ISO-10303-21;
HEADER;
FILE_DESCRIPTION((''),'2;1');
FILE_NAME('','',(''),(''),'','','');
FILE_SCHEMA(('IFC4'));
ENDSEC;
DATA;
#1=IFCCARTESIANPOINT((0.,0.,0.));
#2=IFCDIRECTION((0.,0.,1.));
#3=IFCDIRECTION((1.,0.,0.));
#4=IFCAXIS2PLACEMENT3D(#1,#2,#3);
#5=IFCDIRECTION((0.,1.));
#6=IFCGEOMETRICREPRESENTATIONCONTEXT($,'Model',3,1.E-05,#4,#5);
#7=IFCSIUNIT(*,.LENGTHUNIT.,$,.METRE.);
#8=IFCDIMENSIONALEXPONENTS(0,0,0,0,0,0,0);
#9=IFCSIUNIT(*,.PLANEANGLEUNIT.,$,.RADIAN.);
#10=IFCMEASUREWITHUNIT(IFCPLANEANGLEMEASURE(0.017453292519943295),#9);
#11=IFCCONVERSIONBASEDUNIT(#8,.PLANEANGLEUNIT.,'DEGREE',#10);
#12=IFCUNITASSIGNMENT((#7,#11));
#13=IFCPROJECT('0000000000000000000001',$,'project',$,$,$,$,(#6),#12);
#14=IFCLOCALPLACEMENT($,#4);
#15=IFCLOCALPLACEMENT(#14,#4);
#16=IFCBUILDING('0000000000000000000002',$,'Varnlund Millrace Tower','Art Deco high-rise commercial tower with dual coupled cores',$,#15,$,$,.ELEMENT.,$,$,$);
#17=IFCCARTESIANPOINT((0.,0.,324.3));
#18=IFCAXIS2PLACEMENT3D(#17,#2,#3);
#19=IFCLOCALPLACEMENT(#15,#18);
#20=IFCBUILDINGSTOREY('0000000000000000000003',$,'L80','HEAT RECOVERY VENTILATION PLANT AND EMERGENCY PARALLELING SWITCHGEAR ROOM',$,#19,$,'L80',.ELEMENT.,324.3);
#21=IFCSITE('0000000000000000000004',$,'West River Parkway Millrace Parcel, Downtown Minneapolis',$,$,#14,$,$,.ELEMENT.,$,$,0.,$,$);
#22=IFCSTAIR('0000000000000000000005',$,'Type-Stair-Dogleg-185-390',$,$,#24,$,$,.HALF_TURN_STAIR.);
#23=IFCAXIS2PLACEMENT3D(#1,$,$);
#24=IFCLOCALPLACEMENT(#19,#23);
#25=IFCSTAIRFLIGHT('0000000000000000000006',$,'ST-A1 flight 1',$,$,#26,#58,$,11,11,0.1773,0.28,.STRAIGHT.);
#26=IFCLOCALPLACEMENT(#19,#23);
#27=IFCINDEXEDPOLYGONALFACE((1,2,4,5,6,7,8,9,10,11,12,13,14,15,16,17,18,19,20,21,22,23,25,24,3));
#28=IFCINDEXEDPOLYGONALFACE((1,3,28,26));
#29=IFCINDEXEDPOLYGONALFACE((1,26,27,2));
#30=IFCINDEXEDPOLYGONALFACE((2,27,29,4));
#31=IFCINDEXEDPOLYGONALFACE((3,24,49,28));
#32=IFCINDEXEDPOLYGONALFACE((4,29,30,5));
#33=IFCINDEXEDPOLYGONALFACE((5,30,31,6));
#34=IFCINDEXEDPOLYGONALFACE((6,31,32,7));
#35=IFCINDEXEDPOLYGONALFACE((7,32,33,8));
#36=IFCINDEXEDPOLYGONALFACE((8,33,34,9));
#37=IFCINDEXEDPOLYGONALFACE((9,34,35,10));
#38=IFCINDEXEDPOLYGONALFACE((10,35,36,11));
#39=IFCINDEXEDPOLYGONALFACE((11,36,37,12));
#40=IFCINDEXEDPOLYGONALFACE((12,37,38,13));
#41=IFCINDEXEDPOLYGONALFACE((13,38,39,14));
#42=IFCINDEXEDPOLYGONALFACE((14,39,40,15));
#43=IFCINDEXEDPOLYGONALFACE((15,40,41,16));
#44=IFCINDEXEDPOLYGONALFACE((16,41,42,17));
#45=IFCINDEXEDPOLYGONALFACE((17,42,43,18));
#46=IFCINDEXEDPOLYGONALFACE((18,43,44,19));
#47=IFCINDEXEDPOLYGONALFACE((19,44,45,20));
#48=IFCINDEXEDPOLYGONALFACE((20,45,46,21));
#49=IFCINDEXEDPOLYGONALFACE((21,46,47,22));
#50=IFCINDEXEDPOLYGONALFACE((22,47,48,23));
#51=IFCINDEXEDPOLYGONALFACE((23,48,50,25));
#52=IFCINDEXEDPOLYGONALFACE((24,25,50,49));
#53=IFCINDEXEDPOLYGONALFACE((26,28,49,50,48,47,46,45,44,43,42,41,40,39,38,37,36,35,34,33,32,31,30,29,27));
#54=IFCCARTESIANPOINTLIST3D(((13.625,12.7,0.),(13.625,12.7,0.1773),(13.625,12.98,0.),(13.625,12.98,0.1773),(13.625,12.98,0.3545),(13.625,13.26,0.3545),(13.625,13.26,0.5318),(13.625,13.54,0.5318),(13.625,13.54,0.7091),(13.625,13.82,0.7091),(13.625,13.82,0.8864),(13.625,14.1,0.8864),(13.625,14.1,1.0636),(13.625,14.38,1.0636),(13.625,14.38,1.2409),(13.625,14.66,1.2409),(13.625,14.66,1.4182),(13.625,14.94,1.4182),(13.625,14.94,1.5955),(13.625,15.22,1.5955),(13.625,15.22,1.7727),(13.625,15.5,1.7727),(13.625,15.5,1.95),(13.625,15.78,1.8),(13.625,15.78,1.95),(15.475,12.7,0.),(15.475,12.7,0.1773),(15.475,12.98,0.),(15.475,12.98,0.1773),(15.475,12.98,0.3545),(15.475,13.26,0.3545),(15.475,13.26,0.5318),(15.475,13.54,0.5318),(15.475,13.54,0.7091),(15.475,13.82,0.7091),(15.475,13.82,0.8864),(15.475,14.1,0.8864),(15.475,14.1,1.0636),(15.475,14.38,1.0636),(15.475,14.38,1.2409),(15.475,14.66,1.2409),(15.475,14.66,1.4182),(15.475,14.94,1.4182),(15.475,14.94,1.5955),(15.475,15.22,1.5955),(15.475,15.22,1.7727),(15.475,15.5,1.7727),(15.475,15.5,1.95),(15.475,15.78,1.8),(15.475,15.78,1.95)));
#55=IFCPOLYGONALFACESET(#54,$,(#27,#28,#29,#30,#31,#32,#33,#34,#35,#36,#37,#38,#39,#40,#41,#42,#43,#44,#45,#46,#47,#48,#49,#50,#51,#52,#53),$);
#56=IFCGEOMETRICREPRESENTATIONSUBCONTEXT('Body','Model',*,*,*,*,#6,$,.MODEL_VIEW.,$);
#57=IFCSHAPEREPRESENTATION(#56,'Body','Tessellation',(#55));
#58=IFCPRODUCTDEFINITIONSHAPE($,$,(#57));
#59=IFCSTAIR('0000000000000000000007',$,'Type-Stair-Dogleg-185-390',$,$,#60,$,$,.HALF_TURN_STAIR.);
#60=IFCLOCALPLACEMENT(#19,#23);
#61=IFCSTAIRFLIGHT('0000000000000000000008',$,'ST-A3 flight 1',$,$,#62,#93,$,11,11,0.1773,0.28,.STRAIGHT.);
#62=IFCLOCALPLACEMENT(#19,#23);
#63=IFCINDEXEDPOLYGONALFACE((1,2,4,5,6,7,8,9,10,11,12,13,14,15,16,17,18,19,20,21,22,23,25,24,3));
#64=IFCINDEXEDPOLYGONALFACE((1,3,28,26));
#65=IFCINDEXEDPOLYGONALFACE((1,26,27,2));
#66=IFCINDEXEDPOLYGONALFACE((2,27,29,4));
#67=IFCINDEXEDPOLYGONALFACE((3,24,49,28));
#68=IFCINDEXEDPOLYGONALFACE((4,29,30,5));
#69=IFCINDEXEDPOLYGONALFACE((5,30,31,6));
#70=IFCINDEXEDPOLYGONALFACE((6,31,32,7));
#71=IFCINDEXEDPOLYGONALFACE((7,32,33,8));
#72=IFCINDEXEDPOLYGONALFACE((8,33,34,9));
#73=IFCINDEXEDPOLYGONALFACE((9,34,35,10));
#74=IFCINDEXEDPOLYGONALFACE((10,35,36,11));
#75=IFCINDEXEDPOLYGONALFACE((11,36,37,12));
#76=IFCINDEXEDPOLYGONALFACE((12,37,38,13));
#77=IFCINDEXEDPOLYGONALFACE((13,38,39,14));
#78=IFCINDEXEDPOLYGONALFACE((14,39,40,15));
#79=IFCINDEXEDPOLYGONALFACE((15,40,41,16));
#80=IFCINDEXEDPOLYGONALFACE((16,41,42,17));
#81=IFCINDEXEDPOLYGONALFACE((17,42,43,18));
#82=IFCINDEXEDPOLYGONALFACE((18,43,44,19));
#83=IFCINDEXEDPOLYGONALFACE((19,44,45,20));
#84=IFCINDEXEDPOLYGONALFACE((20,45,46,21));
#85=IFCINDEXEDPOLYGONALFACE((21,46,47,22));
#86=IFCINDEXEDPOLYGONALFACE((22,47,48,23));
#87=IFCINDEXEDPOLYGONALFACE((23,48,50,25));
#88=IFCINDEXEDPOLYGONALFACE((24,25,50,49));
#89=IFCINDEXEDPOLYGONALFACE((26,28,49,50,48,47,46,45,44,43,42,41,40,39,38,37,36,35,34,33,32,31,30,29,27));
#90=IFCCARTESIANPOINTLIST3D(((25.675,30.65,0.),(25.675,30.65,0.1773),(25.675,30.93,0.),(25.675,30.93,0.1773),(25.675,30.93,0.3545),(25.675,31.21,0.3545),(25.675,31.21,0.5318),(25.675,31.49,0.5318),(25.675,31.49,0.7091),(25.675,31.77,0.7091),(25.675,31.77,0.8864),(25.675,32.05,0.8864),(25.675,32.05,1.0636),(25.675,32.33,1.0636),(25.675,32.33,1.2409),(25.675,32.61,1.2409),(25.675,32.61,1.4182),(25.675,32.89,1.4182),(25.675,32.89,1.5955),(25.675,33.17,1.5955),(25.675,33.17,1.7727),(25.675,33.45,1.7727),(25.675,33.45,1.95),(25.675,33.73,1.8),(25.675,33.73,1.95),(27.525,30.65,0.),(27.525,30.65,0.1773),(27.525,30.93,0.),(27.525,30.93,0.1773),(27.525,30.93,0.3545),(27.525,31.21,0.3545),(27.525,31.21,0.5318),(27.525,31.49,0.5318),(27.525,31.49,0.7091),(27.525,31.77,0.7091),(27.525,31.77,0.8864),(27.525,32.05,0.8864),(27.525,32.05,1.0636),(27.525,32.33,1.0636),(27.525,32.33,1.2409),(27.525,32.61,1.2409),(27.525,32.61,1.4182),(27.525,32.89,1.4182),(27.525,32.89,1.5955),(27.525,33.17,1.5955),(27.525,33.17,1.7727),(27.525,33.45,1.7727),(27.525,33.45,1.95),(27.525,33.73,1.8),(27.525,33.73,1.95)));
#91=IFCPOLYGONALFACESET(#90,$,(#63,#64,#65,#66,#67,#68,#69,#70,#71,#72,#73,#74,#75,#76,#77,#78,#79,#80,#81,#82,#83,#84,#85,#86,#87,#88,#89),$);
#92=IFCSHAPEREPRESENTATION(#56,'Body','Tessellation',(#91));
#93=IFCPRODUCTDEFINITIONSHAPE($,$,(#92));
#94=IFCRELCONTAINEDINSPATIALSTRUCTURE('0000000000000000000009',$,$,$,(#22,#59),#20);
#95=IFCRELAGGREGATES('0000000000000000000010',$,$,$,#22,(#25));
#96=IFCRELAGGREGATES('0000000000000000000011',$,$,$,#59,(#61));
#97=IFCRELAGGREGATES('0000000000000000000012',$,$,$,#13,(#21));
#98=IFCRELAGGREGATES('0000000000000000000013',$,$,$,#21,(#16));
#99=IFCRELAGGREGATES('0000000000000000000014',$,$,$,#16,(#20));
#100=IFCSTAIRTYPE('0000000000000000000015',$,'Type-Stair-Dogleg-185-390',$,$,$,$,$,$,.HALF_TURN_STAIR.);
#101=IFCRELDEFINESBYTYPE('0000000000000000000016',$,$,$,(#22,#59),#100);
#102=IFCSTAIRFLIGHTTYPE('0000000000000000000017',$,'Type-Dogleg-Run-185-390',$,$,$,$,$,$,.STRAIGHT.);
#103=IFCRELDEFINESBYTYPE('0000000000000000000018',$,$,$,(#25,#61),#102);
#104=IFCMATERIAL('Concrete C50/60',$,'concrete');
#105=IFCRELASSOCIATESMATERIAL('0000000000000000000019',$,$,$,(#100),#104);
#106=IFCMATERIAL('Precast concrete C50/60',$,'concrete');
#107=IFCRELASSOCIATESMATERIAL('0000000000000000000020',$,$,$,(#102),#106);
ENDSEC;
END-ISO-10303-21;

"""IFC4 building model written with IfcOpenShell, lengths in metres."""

from ifc_helpers import new_model, entity, si_unit, converted_unit, direction, frame, origin_with_axes, place, context, subcontext, project, spatial, polyline, outline, extrude, material, type_object, element, aggregate, save


model = new_model("IFC4")

# Units and contexts
model_context = context("Model", 3, precision=1e-05, world=origin_with_axes(), true_north=direction((0.0, 1.0)))
body_context = subcontext(model_context, "Body", "Model", "MODEL_VIEW")
ifc_project = project(units=[si_unit("LENGTHUNIT", "METRE"), converted_unit("PLANEANGLEUNIT", "DEGREE", entity("IfcPlaneAngleMeasure", 0.017453292519943295), si_unit("PLANEANGLEUNIT", "RADIAN"), dimensions=[0, 0, 0, 0, 0, 0, 0])], contexts=[model_context])

# Site, building, storey
site_placement = place(None, origin_with_axes())
site = spatial("IfcSite", under=ifc_project, at=site_placement, Name="West River Parkway Millrace Parcel, Downtown Minneapolis", CompositionType="ELEMENT", RefElevation=0.0)
building_placement = place(site_placement, origin_with_axes())
building = spatial("IfcBuilding", under=site, at=building_placement, Name="Varnlund Millrace Tower", Description="Art Deco high-rise commercial tower with dual coupled cores", CompositionType="ELEMENT")
storey_placement = place(building_placement, frame((0.0, 0.0, 324.3), z_axis=(0.0, 0.0, 1.0), x_axis=(1.0, 0.0, 0.0)))
storey = spatial("IfcBuildingStorey", under=building, at=storey_placement, Name="L80", Description="HEAT RECOVERY VENTILATION PLANT AND EMERGENCY PARALLELING SWITCHGEAR ROOM", LongName="L80", CompositionType="ELEMENT", Elevation=324.3)

# Shared definitions
ifc_material_1 = material(Name="Precast concrete C50/60", Category="concrete")

# Stairs, stair flights
ifc_material_2 = material(Name="Concrete C50/60", Category="concrete")
stair_type = type_object("IfcStairType", Name="Type-Stair-Dogleg-185-390", PredefinedType="HALF_TURN_STAIR", material=ifc_material_2)
stair_1_placement = place(storey_placement, origin_with_axes())
stair_1 = element("IfcStair", 1, at=stair_1_placement, inside=storey, type_object=stair_type, Name="Type-Stair-Dogleg-185-390", PredefinedType="HALF_TURN_STAIR")
stair_flight_type = type_object("IfcStairFlightType", Name="Type-Dogleg-Run-185-390", PredefinedType="STRAIGHT", material=ifc_material_1)
stair_flight_1_placement = place(storey_placement, frame((13.625, 12.7, 0.0), z_axis=(1.0, 0.0, 0.0), x_axis=(0.0, 1.0, 0.0)))
stair_flight_1 = element("IfcStairFlight", 2, at=stair_flight_1_placement, type_object=stair_flight_type, Name="ST-A1 flight 1", NumberOfRisers=11, NumberOfTreads=11, PredefinedType="STRAIGHT", RiserHeight=0.1773, TreadLength=0.28, context=body_context, shape_type="SweptSolid", body=[
    extrude(outline(polyline([(0.0, 0.0), (0.0, 0.1773), (0.28, 0.1773), (0.28, 0.3545), (0.56, 0.3545), (0.56, 0.5318), (0.84, 0.5318), (0.84, 0.7091), (1.12, 0.7091), (1.12, 0.8864), (1.4, 0.8864), (1.4, 1.0636), (1.68, 1.0636), (1.68, 1.2409), (1.96, 1.2409), (1.96, 1.4182), (2.24, 1.4182), (2.24, 1.5955), (2.52, 1.5955), (2.52, 1.7727), (2.8, 1.7727), (2.8, 1.95), (3.08, 1.95), (3.08, 1.8), (0.28, 0.0), (0.0, 0.0)])), origin_with_axes(), (0.0, 0.0, 1.0), 1.85),
])
aggregate(stair_1, [stair_flight_1])
stair_2_placement = place(storey_placement, origin_with_axes())
stair_2 = element("IfcStair", 3, at=stair_2_placement, inside=storey, type_object=stair_type, Name="Type-Stair-Dogleg-185-390", PredefinedType="HALF_TURN_STAIR")
stair_flight_2_placement = place(storey_placement, frame((25.675, 30.65, 0.0), z_axis=(1.0, 0.0, 0.0), x_axis=(0.0, 1.0, 0.0)))
stair_flight_2 = element("IfcStairFlight", 4, at=stair_flight_2_placement, type_object=stair_flight_type, Name="ST-A3 flight 1", NumberOfRisers=11, NumberOfTreads=11, PredefinedType="STRAIGHT", RiserHeight=0.1773, TreadLength=0.28, context=body_context, shape_type="SweptSolid", body=[
    extrude(outline(polyline([(0.0, 0.0), (0.0, 0.1773), (0.28, 0.1773), (0.28, 0.3545), (0.56, 0.3545), (0.56, 0.5318), (0.84, 0.5318), (0.84, 0.7091), (1.12, 0.7091), (1.12, 0.8864), (1.4, 0.8864), (1.4, 1.0636), (1.68, 1.0636), (1.68, 1.2409), (1.96, 1.2409), (1.96, 1.4182), (2.24, 1.4182), (2.24, 1.5955), (2.52, 1.5955), (2.52, 1.7727), (2.8, 1.7727), (2.8, 1.95), (3.08, 1.95), (3.08, 1.8), (0.28, 0.0), (0.0, 0.0)])), origin_with_axes(), (0.0, 0.0, 1.0), 1.85),
])
aggregate(stair_2, [stair_flight_2])

save(model, "model.ifc")
